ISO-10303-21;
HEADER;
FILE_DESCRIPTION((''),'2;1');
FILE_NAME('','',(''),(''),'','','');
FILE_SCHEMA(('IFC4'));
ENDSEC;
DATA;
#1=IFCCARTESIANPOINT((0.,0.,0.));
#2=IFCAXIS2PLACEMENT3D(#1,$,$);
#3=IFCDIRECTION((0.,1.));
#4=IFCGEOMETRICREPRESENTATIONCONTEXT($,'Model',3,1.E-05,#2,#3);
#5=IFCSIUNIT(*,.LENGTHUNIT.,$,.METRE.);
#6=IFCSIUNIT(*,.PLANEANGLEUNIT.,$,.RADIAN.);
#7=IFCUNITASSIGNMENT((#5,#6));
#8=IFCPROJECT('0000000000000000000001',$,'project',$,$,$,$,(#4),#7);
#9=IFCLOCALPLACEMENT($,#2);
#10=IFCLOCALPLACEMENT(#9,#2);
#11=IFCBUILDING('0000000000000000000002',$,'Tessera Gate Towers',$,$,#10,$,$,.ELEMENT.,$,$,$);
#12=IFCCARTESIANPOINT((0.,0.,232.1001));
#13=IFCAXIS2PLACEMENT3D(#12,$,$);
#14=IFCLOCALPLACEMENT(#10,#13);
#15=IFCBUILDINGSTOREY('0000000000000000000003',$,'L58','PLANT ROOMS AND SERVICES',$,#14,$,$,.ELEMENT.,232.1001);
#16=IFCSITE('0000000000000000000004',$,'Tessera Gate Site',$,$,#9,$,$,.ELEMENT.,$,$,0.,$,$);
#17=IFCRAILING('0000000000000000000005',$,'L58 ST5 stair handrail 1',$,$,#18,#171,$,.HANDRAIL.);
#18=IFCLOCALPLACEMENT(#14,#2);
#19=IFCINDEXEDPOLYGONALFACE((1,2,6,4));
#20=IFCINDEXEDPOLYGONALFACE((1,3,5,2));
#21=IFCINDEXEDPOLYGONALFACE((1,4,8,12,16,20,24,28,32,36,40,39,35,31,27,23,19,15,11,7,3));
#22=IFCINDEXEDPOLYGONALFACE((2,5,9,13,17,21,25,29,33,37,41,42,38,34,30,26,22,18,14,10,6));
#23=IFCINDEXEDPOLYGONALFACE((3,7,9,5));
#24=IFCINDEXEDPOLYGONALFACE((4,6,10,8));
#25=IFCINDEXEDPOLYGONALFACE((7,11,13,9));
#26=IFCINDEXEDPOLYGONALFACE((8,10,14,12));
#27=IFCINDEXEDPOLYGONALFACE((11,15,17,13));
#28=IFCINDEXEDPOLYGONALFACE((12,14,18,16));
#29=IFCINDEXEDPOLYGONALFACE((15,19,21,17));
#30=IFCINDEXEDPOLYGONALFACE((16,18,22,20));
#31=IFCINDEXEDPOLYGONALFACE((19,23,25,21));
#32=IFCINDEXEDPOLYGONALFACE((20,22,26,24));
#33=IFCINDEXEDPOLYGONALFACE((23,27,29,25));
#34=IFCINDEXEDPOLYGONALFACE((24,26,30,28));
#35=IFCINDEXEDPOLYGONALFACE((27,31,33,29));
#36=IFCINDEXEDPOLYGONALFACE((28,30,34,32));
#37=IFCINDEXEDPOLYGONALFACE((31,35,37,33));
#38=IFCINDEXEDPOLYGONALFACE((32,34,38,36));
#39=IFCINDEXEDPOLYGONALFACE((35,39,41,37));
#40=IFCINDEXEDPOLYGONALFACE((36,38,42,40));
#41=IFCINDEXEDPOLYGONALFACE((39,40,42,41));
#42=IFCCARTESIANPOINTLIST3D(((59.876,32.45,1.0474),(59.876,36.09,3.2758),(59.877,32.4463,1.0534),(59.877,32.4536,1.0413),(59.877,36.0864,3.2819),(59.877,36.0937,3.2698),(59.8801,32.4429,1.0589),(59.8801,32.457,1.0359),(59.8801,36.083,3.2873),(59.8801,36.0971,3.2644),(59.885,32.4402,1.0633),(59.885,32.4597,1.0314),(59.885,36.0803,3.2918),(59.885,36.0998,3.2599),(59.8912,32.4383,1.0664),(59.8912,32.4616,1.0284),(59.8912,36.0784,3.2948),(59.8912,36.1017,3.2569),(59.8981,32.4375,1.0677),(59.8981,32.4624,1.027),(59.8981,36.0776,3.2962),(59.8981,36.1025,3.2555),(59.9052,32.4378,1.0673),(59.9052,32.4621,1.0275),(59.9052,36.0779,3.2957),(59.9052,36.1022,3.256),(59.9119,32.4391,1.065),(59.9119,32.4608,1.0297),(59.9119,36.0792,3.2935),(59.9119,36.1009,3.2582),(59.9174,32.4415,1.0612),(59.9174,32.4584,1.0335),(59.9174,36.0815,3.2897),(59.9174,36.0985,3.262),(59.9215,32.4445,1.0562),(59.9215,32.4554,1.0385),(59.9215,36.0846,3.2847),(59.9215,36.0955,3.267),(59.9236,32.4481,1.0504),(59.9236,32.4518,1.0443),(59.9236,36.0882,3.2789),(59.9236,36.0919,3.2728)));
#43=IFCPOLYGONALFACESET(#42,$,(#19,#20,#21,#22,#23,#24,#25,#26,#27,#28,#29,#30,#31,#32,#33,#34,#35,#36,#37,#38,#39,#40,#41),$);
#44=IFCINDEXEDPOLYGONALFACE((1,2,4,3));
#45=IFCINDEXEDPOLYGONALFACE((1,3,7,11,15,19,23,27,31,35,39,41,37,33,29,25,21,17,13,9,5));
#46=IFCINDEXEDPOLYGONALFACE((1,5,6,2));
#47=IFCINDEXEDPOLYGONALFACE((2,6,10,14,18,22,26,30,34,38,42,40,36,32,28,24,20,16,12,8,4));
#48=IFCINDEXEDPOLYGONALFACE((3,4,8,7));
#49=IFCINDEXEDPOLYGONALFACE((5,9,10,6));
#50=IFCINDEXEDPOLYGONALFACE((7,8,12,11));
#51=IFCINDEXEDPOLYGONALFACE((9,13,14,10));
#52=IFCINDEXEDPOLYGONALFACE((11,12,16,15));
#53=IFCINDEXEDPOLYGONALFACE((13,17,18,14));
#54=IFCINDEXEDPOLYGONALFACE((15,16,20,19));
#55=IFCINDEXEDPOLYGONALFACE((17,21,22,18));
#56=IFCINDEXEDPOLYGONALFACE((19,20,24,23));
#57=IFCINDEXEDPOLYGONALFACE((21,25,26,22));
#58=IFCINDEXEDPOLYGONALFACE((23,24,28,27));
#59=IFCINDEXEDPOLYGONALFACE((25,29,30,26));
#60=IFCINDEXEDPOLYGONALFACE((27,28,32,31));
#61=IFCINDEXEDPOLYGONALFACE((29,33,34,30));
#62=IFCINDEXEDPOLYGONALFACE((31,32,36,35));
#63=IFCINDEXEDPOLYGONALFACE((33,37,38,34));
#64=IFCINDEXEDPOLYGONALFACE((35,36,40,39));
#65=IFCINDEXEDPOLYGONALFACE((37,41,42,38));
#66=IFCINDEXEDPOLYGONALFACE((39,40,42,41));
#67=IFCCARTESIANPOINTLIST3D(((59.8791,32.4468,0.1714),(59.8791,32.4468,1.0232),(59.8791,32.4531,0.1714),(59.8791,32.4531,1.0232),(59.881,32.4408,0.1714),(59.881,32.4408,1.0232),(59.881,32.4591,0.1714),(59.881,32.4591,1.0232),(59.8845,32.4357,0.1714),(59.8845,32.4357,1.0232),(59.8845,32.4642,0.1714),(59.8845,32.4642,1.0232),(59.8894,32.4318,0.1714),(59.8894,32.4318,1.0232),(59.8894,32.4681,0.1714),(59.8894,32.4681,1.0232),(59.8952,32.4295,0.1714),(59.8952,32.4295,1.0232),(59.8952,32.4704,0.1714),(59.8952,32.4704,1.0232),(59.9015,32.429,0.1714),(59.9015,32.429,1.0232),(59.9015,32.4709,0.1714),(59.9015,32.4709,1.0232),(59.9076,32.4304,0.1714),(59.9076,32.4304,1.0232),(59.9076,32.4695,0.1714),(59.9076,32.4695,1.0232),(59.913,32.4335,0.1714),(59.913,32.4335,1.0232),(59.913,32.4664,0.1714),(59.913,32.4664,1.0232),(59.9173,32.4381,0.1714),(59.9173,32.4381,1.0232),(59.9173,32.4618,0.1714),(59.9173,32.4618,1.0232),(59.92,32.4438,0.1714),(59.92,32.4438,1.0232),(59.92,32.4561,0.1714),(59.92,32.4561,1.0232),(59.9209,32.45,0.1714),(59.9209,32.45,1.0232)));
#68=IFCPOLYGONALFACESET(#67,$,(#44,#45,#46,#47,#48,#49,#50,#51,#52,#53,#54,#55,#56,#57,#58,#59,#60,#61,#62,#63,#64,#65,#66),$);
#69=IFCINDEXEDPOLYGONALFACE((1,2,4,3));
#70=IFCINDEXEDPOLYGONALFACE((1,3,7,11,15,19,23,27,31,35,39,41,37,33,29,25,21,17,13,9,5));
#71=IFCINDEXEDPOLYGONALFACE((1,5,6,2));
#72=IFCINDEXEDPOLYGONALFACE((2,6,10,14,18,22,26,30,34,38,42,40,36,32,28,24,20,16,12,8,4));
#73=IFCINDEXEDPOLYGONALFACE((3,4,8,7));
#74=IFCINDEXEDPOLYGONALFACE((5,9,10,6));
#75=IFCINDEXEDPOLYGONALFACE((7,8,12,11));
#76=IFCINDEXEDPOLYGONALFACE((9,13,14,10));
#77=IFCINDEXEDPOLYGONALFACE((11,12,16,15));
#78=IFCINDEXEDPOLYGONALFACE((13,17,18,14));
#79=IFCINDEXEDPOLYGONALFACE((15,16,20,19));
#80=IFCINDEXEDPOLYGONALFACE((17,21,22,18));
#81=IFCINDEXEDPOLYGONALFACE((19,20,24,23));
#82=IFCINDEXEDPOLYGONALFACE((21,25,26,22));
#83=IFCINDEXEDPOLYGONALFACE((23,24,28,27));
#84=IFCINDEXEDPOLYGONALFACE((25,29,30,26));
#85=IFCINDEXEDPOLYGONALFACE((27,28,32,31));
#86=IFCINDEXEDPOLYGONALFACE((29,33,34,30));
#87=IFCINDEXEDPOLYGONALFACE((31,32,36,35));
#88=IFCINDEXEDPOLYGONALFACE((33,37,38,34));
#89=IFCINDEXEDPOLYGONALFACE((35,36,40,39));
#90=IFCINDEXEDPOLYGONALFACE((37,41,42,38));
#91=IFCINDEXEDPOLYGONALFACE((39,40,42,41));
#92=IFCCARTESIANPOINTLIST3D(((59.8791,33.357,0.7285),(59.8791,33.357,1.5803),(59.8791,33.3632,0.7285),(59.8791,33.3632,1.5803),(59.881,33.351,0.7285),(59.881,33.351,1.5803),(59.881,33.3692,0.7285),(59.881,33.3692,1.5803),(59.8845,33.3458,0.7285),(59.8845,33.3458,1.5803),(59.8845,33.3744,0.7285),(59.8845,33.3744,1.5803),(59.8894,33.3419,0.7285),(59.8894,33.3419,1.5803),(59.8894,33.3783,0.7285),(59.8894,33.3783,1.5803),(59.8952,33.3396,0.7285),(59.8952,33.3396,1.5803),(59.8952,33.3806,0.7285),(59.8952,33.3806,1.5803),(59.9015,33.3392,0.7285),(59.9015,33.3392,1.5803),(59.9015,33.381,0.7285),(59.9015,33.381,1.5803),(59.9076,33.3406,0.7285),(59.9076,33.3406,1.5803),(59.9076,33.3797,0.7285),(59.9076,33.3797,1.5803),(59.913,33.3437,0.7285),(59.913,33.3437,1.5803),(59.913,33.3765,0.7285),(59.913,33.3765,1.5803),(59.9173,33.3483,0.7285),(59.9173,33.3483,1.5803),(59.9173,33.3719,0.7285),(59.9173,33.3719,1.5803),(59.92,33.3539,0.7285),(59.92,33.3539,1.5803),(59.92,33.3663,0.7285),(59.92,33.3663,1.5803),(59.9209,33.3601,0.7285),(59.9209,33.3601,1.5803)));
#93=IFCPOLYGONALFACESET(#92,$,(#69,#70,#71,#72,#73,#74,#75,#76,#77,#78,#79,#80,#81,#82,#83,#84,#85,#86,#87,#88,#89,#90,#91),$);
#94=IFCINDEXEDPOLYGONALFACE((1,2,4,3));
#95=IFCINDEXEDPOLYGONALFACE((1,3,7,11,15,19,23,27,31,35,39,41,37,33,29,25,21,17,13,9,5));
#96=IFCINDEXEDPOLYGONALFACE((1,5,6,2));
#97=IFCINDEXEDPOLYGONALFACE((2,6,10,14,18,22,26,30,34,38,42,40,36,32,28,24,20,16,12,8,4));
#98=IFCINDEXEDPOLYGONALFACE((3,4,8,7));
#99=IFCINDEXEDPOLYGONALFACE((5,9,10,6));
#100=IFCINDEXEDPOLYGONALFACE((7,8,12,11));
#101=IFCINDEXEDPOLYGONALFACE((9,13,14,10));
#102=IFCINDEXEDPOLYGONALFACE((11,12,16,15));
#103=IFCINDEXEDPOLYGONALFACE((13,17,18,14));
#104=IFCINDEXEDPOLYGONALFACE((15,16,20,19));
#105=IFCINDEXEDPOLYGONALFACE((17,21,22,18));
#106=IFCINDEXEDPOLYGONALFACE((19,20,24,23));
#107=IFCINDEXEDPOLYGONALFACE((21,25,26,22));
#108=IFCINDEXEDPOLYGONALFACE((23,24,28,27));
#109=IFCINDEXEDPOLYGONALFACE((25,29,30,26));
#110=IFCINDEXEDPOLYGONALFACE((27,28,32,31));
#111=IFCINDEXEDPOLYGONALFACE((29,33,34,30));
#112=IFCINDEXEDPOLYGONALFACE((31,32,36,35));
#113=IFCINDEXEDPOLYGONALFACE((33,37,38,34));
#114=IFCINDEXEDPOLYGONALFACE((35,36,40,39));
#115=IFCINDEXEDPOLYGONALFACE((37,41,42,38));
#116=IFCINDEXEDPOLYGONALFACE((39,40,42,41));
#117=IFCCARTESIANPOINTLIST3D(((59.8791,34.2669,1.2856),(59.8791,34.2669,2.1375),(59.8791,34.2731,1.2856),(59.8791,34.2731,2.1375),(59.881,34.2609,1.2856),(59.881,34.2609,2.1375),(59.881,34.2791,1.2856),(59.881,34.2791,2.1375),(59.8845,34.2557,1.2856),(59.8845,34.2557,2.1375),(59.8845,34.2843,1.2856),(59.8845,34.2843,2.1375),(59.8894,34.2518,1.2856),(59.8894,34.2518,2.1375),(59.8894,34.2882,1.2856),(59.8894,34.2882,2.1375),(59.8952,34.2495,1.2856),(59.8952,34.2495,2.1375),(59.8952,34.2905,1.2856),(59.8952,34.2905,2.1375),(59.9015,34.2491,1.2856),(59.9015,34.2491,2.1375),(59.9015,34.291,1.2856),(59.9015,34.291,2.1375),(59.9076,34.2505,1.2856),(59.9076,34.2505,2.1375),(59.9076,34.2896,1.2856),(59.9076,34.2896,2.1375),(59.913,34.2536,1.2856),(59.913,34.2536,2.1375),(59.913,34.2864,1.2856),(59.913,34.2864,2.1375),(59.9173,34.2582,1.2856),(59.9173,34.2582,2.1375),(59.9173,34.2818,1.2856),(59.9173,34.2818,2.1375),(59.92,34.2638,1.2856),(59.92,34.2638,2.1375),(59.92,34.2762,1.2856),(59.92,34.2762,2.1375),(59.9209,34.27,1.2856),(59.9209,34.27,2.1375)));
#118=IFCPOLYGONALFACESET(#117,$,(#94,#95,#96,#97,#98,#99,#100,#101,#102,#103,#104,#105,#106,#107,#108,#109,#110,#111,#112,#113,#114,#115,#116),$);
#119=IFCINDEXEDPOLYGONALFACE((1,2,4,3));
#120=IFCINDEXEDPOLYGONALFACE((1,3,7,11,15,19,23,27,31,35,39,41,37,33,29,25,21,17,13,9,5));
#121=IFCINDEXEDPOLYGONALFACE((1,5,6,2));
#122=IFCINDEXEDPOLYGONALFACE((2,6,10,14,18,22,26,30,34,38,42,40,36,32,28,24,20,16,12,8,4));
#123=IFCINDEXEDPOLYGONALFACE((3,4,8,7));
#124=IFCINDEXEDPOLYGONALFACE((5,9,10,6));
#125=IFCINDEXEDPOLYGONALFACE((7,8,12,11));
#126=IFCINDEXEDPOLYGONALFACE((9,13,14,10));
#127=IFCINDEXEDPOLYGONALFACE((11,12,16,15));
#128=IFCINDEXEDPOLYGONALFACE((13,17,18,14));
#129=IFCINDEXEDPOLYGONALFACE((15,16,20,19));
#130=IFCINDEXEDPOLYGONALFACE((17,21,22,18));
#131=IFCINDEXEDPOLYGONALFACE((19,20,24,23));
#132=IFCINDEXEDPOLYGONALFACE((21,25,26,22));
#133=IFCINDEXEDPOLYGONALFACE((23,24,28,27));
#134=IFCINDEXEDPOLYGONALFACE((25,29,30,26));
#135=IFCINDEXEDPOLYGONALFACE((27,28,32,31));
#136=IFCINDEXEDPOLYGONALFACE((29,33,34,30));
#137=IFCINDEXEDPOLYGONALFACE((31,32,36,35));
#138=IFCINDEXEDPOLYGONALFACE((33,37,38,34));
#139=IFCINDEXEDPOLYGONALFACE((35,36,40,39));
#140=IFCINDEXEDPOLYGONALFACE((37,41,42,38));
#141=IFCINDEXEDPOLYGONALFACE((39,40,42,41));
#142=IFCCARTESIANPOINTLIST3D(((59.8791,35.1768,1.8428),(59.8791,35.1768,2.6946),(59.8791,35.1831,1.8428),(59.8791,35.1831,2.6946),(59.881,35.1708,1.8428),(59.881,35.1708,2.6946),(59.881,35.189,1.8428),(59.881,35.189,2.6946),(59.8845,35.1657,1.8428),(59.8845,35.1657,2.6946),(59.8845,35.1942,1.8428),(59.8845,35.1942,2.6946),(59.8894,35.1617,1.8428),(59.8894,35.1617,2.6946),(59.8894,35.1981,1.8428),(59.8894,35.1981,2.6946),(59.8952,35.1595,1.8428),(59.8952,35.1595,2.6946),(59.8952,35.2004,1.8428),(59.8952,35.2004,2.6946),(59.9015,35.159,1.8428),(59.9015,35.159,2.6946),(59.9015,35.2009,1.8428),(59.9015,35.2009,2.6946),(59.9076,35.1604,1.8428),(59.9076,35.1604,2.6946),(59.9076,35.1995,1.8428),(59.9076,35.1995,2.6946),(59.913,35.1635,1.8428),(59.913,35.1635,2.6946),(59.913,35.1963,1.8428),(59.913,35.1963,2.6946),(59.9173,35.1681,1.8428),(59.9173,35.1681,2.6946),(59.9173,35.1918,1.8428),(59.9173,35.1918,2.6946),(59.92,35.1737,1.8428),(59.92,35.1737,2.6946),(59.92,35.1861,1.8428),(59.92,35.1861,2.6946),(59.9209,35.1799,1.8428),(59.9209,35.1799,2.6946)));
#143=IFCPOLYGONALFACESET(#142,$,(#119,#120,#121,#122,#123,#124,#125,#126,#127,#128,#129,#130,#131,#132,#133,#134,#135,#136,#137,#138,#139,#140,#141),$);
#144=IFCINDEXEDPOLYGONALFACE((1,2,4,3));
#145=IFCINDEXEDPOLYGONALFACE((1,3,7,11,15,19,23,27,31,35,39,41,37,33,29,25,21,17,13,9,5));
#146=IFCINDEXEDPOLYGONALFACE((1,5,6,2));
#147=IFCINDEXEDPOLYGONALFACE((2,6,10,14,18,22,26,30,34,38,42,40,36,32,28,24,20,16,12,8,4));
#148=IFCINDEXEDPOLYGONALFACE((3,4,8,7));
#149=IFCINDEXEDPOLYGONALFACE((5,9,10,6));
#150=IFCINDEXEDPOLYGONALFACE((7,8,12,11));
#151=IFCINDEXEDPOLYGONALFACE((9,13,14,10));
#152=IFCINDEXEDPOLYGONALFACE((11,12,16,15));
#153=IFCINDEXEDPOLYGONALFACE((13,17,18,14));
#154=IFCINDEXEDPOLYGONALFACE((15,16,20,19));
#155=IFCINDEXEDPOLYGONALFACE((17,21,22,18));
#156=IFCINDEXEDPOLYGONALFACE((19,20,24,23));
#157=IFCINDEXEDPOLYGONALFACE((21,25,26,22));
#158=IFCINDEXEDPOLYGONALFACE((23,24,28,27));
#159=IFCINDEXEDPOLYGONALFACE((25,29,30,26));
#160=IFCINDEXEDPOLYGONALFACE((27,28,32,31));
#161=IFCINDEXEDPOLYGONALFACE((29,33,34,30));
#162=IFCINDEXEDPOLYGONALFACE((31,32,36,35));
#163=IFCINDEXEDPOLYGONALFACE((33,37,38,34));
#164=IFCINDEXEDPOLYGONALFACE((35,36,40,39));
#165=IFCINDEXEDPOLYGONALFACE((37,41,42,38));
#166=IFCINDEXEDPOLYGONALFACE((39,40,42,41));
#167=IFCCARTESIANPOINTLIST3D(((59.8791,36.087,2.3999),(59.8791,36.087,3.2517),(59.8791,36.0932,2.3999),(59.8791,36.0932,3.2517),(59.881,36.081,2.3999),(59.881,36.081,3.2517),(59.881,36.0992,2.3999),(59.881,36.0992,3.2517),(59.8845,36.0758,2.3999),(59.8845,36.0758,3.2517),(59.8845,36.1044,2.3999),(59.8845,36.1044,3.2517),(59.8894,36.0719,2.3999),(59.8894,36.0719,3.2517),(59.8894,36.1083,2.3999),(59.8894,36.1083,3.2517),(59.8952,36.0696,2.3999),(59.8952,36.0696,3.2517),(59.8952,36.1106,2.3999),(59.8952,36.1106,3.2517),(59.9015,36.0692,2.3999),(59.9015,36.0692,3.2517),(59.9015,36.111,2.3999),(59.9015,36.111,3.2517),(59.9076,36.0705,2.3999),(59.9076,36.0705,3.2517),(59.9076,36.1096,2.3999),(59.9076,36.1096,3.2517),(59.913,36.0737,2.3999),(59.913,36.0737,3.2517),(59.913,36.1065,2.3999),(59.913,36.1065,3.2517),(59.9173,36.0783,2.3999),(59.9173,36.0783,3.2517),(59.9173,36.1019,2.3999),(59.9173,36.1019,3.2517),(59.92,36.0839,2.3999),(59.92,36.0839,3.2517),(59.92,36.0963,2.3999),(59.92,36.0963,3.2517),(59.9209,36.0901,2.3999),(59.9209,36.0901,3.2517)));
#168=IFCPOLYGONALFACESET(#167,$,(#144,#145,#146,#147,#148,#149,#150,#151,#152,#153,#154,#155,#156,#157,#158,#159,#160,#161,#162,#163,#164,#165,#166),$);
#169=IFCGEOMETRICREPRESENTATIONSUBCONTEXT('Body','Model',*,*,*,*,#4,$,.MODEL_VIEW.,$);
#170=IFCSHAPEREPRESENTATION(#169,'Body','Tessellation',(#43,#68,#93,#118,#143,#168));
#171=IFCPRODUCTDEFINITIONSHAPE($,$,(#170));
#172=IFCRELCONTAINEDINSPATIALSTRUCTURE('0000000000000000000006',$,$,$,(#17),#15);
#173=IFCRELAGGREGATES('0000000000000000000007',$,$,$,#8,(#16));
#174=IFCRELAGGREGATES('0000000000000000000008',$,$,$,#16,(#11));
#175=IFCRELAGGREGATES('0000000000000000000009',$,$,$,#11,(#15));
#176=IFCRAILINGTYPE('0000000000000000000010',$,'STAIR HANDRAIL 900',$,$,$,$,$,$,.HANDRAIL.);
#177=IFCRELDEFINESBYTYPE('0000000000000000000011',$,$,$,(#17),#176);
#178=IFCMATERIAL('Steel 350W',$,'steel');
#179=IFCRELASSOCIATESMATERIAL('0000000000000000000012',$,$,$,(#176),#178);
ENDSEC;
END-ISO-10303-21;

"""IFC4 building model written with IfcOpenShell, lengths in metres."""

from ifc_helpers import new_model, si_unit, direction, frame, origin, origin_2d, place, context, subcontext, project, spatial, circle, extrude, material, type_object, element, save


model = new_model("IFC4")

# Units and contexts
model_context = context("Model", 3, precision=1e-05, world=origin(), true_north=direction((0.0, 1.0)))
body_context = subcontext(model_context, "Body", "Model", "MODEL_VIEW")
ifc_project = project(units=[si_unit("LENGTHUNIT", "METRE"), si_unit("PLANEANGLEUNIT", "RADIAN")], contexts=[model_context])

# Site, building, storey
site_placement = place(None, origin())
site = spatial("IfcSite", under=ifc_project, at=site_placement, Name="Tessera Gate Site", CompositionType="ELEMENT", RefElevation=0.0)
building_placement = place(site_placement, origin())
building = spatial("IfcBuilding", under=site, at=building_placement, Name="Tessera Gate Towers", CompositionType="ELEMENT")
storey_placement = place(building_placement, frame((0.0, 0.0, 232.1001)))
storey = spatial("IfcBuildingStorey", under=building, at=storey_placement, Name="L58", Description="PLANT ROOMS AND SERVICES", CompositionType="ELEMENT", Elevation=232.1001)

# Railing
ifc_material_1 = material(Name="Steel 350W", Category="steel")
railing_type_1 = type_object("IfcRailingType", Name="STAIR HANDRAIL 900", PredefinedType="HANDRAIL", material=ifc_material_1)
railing_1_placement = place(storey_placement, frame((59.8999, 32.45, 0.1714)))
element("IfcRailing", 1, at=railing_1_placement, inside=storey, type_object=railing_type_1, Name="L58 ST5 stair handrail 1", PredefinedType="HANDRAIL", context=body_context, shape_type="SweptSolid", body=[
    extrude(circle(Radius=0.0239, at=origin_2d()), frame((0.0, 0.0, 0.876), z_axis=(0.0, 0.852866, 0.52213), x_axis=(-1.0, 0.0, 0.0)), (0.0, 0.0, 1.0), 4.2681),
    extrude(circle(Radius=0.021, at=origin_2d()), origin(), (0.0, 0.0, 1.0), 0.8518),
    extrude(circle(Radius=0.021, at=origin_2d()), frame((0.0, 0.9102, 0.5571)), (0.0, 0.0, 1.0), 0.8518),
    extrude(circle(Radius=0.021, at=origin_2d()), frame((0.0, 1.8201, 1.1143)), (0.0, 0.0, 1.0), 0.8518),
    extrude(circle(Radius=0.021, at=origin_2d()), frame((0.0, 2.73, 1.6714)), (0.0, 0.0, 1.0), 0.8518),
    extrude(circle(Radius=0.021, at=origin_2d()), frame((0.0, 3.6401, 2.2285)), (0.0, 0.0, 1.0), 0.8518),
])

save(model, "model.ifc")
